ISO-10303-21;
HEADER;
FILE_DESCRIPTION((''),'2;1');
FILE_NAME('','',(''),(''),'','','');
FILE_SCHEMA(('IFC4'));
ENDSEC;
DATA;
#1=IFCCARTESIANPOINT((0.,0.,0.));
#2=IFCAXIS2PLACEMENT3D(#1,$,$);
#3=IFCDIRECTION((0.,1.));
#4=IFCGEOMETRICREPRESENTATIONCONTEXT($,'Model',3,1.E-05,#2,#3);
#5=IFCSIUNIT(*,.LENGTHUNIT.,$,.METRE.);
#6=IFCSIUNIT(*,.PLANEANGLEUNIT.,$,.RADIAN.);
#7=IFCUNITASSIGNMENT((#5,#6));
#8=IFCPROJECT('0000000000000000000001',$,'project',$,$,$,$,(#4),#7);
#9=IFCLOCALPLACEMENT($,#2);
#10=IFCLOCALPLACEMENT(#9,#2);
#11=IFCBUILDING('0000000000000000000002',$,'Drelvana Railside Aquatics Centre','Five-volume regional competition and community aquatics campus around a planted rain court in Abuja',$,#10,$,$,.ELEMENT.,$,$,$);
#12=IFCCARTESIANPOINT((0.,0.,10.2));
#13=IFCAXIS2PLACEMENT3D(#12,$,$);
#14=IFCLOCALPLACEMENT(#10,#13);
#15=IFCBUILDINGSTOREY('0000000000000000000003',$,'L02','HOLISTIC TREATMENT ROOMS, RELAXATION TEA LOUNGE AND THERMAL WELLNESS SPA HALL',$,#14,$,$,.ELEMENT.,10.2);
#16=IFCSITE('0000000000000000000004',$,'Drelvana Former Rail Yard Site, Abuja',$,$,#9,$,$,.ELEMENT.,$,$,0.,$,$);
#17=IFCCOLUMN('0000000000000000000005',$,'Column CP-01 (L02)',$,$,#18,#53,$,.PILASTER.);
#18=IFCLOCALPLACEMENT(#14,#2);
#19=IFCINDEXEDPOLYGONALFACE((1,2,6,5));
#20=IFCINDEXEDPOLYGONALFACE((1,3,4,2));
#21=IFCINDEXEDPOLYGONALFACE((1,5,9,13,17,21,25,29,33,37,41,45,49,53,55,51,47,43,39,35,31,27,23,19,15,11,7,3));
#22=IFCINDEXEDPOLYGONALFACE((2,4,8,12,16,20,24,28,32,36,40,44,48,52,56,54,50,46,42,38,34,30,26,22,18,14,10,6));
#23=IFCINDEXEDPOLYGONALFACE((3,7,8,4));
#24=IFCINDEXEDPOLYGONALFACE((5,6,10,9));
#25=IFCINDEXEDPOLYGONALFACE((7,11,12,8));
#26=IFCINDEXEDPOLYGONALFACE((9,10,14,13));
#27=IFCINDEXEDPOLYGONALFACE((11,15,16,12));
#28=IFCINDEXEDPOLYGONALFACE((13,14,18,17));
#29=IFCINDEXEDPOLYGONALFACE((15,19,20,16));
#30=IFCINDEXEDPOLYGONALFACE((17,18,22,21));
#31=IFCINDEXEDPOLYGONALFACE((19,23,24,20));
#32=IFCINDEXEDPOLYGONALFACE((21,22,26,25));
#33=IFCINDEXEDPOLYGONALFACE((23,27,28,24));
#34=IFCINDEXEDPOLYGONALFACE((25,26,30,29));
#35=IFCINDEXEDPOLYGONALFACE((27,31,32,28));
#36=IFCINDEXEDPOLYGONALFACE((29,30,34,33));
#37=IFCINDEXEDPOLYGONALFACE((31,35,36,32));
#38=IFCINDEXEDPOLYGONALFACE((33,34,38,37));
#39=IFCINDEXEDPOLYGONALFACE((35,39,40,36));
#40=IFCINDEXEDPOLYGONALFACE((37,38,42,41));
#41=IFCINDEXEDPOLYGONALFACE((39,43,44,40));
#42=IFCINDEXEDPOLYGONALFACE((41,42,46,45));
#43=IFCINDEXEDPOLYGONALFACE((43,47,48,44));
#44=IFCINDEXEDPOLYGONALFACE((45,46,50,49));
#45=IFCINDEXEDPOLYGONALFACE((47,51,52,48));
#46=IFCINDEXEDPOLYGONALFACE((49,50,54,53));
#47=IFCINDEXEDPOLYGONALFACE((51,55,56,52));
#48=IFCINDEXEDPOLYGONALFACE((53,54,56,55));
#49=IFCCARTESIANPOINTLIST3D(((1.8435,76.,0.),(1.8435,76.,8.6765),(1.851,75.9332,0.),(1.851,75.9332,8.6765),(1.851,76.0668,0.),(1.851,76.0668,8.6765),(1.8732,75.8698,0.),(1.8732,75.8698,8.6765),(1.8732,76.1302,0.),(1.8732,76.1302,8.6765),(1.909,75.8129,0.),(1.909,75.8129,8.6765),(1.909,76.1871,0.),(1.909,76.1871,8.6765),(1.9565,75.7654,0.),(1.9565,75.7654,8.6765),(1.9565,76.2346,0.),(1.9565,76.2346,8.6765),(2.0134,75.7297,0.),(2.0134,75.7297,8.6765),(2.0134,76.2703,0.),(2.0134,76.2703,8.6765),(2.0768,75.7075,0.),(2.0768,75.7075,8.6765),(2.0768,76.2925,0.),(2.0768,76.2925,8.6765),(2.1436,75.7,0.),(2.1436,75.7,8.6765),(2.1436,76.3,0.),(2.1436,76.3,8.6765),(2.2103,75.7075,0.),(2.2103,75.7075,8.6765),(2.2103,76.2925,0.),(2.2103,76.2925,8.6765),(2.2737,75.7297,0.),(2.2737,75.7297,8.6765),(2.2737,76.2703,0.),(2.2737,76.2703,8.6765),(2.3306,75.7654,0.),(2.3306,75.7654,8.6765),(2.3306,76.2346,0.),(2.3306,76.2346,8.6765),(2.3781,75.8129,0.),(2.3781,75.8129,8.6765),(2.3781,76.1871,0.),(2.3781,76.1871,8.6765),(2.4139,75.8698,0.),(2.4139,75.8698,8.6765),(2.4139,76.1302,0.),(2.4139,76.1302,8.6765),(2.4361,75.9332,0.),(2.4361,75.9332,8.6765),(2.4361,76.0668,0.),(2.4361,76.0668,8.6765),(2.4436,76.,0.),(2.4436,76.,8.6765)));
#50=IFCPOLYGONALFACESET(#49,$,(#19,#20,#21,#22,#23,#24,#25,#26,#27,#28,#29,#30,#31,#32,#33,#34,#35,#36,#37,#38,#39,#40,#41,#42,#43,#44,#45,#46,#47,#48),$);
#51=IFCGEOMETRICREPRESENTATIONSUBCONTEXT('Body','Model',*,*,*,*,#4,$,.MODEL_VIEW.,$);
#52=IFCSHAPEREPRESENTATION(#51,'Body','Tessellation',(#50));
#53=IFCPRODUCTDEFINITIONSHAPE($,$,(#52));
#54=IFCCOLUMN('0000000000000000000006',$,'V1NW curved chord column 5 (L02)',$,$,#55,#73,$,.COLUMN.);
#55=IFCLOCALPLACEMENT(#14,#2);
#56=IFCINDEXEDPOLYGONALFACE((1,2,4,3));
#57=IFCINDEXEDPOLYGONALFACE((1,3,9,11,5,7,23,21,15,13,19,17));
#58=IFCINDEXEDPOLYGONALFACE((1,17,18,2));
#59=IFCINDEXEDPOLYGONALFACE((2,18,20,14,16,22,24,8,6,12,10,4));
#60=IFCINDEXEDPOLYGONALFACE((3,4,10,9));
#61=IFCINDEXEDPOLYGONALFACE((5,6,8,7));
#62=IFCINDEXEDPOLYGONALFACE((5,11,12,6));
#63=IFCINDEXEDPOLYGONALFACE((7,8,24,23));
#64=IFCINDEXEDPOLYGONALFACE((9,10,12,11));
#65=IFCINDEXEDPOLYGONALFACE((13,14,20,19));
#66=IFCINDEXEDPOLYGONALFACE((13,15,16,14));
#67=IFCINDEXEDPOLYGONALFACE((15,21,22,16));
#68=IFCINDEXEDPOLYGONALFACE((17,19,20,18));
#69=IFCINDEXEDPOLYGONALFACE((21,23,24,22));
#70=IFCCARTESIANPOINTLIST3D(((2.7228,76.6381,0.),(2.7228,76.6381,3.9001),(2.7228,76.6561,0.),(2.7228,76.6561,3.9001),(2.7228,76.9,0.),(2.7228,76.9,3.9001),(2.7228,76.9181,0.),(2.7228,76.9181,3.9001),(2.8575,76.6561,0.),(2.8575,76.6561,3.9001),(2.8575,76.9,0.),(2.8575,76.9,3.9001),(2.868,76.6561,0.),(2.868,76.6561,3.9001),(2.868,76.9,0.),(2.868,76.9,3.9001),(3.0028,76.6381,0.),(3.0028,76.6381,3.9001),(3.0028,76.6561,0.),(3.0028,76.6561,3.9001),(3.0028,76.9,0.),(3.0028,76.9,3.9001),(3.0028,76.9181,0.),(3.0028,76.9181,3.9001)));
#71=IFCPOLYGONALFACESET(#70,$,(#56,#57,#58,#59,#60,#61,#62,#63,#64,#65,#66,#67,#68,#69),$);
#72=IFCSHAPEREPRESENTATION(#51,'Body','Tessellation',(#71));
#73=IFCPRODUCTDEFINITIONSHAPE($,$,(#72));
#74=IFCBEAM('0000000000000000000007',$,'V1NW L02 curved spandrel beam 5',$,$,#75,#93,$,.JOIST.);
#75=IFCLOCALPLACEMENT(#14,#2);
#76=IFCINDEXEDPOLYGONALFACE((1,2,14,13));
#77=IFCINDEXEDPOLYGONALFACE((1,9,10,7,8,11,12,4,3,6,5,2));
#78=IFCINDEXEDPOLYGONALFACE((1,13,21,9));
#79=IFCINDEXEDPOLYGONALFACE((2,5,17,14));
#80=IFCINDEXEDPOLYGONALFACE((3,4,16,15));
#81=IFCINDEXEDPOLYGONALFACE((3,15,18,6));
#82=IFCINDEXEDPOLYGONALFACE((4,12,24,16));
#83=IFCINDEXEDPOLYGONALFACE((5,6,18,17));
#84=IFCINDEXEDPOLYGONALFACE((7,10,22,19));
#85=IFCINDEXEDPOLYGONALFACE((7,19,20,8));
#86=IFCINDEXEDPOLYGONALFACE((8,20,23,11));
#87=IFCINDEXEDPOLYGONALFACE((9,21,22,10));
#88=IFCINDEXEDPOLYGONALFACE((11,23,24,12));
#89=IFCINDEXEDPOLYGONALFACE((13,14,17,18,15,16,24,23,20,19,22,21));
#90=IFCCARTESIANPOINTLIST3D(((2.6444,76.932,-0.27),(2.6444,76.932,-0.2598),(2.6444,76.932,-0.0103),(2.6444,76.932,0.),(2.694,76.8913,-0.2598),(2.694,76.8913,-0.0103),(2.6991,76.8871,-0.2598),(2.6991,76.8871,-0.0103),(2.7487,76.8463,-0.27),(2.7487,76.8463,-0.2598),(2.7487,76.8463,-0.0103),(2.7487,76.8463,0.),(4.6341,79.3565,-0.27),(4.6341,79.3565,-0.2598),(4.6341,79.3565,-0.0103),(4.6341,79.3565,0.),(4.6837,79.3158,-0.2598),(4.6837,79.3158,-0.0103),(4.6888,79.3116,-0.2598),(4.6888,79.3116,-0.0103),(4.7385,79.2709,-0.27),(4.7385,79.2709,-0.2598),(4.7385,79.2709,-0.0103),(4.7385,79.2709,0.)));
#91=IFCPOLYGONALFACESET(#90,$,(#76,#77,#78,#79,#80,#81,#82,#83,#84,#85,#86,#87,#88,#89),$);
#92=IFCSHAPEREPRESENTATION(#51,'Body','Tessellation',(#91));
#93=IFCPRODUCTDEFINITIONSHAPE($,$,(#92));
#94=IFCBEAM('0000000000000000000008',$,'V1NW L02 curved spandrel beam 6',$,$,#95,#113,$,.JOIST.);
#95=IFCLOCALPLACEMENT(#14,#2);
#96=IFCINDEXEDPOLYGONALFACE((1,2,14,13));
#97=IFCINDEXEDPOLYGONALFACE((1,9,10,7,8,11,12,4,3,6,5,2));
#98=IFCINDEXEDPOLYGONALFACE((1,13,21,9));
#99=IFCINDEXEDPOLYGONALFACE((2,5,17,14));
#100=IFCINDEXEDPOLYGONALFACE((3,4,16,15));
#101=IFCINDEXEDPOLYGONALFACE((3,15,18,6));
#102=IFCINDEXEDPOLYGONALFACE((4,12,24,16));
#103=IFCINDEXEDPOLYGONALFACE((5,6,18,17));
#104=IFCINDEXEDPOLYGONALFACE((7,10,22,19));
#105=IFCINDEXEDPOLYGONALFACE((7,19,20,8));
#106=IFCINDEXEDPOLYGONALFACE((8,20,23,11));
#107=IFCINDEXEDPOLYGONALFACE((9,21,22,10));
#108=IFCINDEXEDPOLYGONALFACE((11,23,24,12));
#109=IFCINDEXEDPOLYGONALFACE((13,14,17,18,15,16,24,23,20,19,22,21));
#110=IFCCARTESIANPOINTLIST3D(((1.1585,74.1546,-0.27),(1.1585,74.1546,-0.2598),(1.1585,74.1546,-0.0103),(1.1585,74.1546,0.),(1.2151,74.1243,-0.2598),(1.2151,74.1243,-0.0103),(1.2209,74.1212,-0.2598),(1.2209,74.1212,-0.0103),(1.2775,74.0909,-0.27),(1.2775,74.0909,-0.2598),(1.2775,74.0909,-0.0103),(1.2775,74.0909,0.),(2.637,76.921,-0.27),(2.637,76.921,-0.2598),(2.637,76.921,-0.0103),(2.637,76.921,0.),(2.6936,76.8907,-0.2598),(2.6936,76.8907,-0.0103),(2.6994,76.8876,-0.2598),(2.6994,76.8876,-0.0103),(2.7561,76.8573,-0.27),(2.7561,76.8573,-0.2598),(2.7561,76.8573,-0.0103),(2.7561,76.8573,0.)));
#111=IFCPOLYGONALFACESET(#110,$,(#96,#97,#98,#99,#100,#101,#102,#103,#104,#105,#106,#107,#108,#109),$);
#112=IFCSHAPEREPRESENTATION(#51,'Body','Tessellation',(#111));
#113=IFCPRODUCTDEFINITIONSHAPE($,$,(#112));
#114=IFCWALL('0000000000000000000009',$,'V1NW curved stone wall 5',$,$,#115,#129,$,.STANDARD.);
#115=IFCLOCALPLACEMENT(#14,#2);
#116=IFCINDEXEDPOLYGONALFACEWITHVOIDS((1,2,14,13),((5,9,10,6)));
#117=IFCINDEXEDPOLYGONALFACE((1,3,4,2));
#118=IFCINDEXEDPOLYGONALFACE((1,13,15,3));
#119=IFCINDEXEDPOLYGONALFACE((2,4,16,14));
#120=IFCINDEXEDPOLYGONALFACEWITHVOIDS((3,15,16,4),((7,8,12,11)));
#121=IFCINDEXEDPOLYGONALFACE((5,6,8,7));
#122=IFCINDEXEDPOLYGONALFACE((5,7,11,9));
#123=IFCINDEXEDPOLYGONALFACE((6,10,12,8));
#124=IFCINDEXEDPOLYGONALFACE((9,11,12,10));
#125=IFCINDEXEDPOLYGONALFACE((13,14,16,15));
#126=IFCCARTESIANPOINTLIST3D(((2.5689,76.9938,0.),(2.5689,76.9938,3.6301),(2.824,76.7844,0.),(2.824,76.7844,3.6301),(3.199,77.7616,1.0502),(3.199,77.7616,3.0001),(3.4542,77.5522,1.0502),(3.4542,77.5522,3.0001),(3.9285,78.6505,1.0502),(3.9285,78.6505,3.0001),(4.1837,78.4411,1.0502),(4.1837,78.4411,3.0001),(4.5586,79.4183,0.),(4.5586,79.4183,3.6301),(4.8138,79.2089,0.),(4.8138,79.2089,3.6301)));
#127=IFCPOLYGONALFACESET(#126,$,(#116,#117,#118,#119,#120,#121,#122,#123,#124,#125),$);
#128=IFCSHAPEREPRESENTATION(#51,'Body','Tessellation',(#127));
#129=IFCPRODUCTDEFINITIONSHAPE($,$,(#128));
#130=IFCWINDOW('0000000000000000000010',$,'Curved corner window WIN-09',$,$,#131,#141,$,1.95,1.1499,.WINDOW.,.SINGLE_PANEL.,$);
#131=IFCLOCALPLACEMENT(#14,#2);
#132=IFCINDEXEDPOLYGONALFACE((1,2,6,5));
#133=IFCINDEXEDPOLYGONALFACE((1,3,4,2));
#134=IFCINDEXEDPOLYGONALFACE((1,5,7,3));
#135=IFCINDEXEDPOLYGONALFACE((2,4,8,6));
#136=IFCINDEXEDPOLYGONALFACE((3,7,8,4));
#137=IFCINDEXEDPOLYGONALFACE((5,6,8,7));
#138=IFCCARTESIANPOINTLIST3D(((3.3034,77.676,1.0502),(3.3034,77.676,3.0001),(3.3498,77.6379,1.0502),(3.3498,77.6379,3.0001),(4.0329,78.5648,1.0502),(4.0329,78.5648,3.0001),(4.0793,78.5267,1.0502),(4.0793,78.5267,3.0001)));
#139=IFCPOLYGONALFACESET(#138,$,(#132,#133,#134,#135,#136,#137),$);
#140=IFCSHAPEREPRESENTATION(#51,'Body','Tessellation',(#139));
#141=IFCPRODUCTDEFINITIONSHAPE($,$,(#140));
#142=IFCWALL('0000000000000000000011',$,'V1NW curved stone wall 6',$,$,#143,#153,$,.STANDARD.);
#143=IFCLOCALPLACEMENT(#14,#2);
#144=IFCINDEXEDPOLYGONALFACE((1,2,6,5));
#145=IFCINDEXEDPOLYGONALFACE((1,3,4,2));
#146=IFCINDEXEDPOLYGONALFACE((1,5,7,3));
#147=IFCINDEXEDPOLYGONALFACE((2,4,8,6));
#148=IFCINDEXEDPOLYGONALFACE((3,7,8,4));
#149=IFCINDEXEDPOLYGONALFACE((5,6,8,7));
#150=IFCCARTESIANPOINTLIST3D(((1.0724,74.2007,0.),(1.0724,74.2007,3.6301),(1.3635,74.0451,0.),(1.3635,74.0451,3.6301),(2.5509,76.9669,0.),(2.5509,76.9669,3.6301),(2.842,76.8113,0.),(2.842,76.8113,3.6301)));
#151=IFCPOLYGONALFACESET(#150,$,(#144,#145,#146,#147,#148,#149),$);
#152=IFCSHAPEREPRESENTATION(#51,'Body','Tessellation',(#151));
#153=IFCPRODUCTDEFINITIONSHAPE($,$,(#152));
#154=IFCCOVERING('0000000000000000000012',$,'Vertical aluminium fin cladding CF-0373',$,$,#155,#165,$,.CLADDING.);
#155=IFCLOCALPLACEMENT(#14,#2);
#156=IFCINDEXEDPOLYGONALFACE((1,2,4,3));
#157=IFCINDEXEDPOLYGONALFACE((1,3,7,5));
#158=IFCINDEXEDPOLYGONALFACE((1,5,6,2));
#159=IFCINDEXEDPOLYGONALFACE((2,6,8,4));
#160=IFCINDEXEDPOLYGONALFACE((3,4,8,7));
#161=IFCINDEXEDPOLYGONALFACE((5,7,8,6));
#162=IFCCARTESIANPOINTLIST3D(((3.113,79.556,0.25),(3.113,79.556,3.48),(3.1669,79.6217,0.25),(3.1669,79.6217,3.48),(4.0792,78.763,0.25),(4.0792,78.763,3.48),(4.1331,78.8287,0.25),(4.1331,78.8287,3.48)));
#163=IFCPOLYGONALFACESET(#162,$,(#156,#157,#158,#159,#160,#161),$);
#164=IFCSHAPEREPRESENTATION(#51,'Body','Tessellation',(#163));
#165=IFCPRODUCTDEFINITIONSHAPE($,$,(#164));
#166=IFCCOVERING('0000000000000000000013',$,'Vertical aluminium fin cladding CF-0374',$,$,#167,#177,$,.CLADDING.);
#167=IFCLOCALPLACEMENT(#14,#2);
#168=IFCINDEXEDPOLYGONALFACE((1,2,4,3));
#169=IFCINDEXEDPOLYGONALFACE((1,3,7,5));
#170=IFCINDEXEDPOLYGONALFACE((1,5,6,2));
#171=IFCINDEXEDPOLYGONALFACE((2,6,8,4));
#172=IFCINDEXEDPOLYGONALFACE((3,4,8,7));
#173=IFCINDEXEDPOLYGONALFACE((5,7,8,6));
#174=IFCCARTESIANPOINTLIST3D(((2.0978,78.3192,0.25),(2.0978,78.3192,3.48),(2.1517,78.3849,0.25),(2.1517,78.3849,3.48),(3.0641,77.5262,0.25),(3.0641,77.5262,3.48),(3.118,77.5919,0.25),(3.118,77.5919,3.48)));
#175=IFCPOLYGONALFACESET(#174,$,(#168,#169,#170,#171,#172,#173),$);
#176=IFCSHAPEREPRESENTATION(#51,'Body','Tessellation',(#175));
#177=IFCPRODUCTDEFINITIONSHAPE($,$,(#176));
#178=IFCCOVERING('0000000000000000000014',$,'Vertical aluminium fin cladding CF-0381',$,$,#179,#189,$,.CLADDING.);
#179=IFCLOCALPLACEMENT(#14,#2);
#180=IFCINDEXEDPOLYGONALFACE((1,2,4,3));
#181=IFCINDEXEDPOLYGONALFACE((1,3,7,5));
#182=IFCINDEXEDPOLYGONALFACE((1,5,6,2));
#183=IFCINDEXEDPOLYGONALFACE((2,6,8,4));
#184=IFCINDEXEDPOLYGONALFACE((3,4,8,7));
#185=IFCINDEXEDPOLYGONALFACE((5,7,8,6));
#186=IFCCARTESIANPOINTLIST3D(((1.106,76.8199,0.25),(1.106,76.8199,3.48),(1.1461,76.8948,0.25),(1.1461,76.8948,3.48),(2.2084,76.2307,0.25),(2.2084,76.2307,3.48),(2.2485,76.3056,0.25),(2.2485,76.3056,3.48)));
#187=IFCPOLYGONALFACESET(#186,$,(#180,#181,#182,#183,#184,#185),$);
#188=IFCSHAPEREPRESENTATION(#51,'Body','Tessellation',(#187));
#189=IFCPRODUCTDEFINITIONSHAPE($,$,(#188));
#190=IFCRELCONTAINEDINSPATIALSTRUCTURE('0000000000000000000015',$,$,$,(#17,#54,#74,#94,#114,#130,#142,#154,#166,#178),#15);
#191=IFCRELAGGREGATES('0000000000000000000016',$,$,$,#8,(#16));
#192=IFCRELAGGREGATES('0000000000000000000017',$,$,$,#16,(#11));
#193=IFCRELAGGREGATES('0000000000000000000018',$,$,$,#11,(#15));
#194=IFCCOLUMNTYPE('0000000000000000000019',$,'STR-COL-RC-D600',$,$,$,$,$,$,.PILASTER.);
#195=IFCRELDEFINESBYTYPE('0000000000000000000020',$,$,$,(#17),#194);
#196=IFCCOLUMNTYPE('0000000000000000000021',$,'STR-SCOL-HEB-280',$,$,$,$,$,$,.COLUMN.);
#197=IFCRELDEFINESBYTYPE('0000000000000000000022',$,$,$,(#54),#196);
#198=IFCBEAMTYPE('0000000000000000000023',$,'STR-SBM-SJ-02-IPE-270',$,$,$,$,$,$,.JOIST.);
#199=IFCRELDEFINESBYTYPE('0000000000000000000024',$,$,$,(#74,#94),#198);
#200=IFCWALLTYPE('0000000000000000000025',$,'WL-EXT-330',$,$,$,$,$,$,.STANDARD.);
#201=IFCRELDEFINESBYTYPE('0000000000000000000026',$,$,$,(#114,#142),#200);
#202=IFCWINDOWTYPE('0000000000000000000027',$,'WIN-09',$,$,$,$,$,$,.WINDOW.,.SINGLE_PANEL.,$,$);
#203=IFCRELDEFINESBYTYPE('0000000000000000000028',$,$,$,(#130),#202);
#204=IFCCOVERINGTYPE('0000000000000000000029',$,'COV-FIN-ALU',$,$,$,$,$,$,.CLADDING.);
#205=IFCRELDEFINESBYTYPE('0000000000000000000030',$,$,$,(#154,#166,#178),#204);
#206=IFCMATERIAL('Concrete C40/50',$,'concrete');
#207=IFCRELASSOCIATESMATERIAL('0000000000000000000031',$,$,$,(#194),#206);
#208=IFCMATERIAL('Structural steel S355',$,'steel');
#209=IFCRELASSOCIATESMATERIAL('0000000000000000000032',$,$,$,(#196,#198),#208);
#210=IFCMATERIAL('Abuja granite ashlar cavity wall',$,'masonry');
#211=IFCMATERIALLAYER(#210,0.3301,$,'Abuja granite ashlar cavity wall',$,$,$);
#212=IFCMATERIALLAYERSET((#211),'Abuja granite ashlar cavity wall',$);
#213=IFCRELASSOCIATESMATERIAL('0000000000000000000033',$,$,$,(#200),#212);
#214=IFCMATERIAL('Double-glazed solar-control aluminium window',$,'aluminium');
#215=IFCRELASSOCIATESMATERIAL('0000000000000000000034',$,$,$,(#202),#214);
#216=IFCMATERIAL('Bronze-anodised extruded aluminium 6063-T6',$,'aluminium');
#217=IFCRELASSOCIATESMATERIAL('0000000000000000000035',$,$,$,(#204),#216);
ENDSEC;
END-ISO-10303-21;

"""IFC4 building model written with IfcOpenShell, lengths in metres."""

from ifc_helpers import new_model, si_unit, direction, frame, frame_2d, origin, origin_2d, place, context, subcontext, project, spatial, rectangle, circle, i_section, extrude, material, layer, layer_set, material_profile, profile_set, type_object, element, fill, save


model = new_model("IFC4")

# Units and contexts
model_context = context("Model", 3, precision=1e-05, world=origin(), true_north=direction((0.0, 1.0)))
body_context = subcontext(model_context, "Body", "Model", "MODEL_VIEW")
ifc_project = project(units=[si_unit("LENGTHUNIT", "METRE"), si_unit("PLANEANGLEUNIT", "RADIAN")], contexts=[model_context])

# Site, building, storey
site_placement = place(None, origin())
site = spatial("IfcSite", under=ifc_project, at=site_placement, Name="Drelvana Former Rail Yard Site, Abuja", CompositionType="ELEMENT", RefElevation=0.0)
building_placement = place(site_placement, origin())
building = spatial("IfcBuilding", under=site, at=building_placement, Name="Drelvana Railside Aquatics Centre", Description="Five-volume regional competition and community aquatics campus around a planted rain court in Abuja", CompositionType="ELEMENT")
storey_placement = place(building_placement, frame((0.0, 0.0, 10.2)))
storey = spatial("IfcBuildingStorey", under=building, at=storey_placement, Name="L02", Description="HOLISTIC TREATMENT ROOMS, RELAXATION TEA LOUNGE AND THERMAL WELLNESS SPA HALL", CompositionType="ELEMENT", Elevation=10.2)

# Columns
ifc_material_1 = material(Name="Concrete C40/50", Category="concrete")
ifc_material_profile_1 = material_profile(ifc_material_1, circle(Radius=0.3, at=origin_2d()), Name="RC D600")
ifc_profile_set_1 = profile_set([ifc_material_profile_1], Name="Concrete C40/50")
column_type_1 = type_object("IfcColumnType", Name="STR-COL-RC-D600", PredefinedType="PILASTER", material=ifc_profile_set_1)
column_1_placement = place(storey_placement, frame((2.1436, 76.0, 0.0), z_axis=(0.0, 0.0, 1.0), x_axis=(1.0, 0.0, 0.0)))
element("IfcColumn", 1, at=column_1_placement, inside=storey, type_object=column_type_1, Name="Column CP-01 (L02)", PredefinedType="PILASTER", context=body_context, shape_type="SweptSolid", body=[
    extrude(circle(Radius=0.3, at=origin_2d()), origin(), (0.0, 0.0, 1.0), 8.6765),
])
ifc_material_2 = material(Name="Structural steel S355", Category="steel")
ifc_material_profile_2 = material_profile(ifc_material_2, i_section(OverallWidth=0.28, OverallDepth=0.28, WebThickness=0.0105, FlangeThickness=0.0181, at=origin_2d()), Name="HEB 280")
ifc_profile_set_2 = profile_set([ifc_material_profile_2], Name="Structural steel S355")
column_type_2 = type_object("IfcColumnType", Name="STR-SCOL-HEB-280", PredefinedType="COLUMN", material=ifc_profile_set_2)
column_2_placement = place(storey_placement, frame((2.8628, 76.7781, 0.0), z_axis=(0.0, 0.0, 1.0), x_axis=(1.0, 0.0, 0.0)))
element("IfcColumn", 2, at=column_2_placement, inside=storey, type_object=column_type_2, Name="V1NW curved chord column 5 (L02)", PredefinedType="COLUMN", context=body_context, shape_type="SweptSolid", body=[
    extrude(i_section(OverallWidth=0.28, OverallDepth=0.28, WebThickness=0.0105, FlangeThickness=0.0181, at=origin_2d()), origin(), (0.0, 0.0, 1.0), 3.9001),
])

# Beams
ifc_material_profile_3 = material_profile(ifc_material_2, i_section(OverallWidth=0.135, OverallDepth=0.27, WebThickness=0.0066, FlangeThickness=0.0103, at=origin_2d()), Name="IPE 270")
ifc_profile_set_3 = profile_set([ifc_material_profile_3], Name="Structural steel S355")
beam_type = type_object("IfcBeamType", Name="STR-SBM-SJ-02-IPE-270", PredefinedType="JOIST", material=ifc_profile_set_3)
beam_1_placement = place(storey_placement, frame((4.6863, 79.3137, -0.135), z_axis=(-0.634386, -0.773017, 0.0), x_axis=(0.773017, -0.634386, 0.0)))
element("IfcBeam", 3, at=beam_1_placement, inside=storey, type_object=beam_type, Name="V1NW L02 curved spandrel beam 5", PredefinedType="JOIST", context=body_context, shape_type="SweptSolid", body=[
    extrude(i_section(OverallWidth=0.135, OverallDepth=0.27, WebThickness=0.0066, FlangeThickness=0.0103, at=origin_2d()), origin(), (0.0, 0.0, 1.0), 3.1365),
])
beam_2_placement = place(storey_placement, frame((2.6965, 76.8892, -0.135), z_axis=(-0.471364, -0.881939, 0.0), x_axis=(0.881939, -0.471364, 0.0)))
element("IfcBeam", 4, at=beam_2_placement, inside=storey, type_object=beam_type, Name="V1NW L02 curved spandrel beam 6", PredefinedType="JOIST", context=body_context, shape_type="SweptSolid", body=[
    extrude(i_section(OverallWidth=0.135, OverallDepth=0.27, WebThickness=0.0066, FlangeThickness=0.0103, at=origin_2d()), origin(), (0.0, 0.0, 1.0), 3.1367),
])

# Wall, opening, window
ifc_material_3 = material(Name="Abuja granite ashlar cavity wall", Category="masonry")
ifc_layer = layer(ifc_material_3, 0.3301, Name="Abuja granite ashlar cavity wall")
ifc_layer_set = layer_set([ifc_layer], Name="Abuja granite ashlar cavity wall")
wall_type = type_object("IfcWallType", Name="WL-EXT-330", PredefinedType="STANDARD", material=ifc_layer_set)
wall_1_placement = place(storey_placement, frame((4.6863, 79.3137, 0.0), z_axis=(0.0, 0.0, 1.0), x_axis=(-0.634386, -0.773017, 0.0)))
wall_1 = element("IfcWall", 5, at=wall_1_placement, inside=storey, type_object=wall_type, Name="V1NW curved stone wall 5", PredefinedType="STANDARD", context=body_context, shape_type="SweptSolid", body=[
    extrude(rectangle(XDim=3.1365, YDim=0.3301, at=frame_2d((1.5684, 0.0))), origin(), (0.0, 0.0, 1.0), 3.6301),
])
opening_placement = place(wall_1_placement, frame((0.9934, 0.0, 1.05)))
opening = element("IfcOpeningElement", 6, at=opening_placement, cuts=wall_1, PredefinedType="OPENING", context=body_context, shape_type="SweptSolid", body=[
    extrude(rectangle(XDim=1.1499, YDim=1.95, at=frame_2d((0.575, 0.9751))), frame((0.0, 0.175, 0.0), z_axis=(0.0, -1.0, 0.0), x_axis=(1.0, 0.0, 0.0)), (0.0, 0.0, 1.0), 0.3501),
])
ifc_material_4 = material(Name="Double-glazed solar-control aluminium window", Category="aluminium")
window_type = type_object("IfcWindowType", Name="WIN-09", PartitioningType="SINGLE_PANEL", PredefinedType="WINDOW", material=ifc_material_4)
window_placement = place(opening_placement, origin())
window = element("IfcWindow", 7, at=window_placement, inside=storey, type_object=window_type, Name="Curved corner window WIN-09", OverallHeight=1.95, OverallWidth=1.1499, PartitioningType="SINGLE_PANEL", PredefinedType="WINDOW", context=body_context, shape_type="SweptSolid", body=[
    extrude(rectangle(XDim=1.1499, YDim=1.95, at=frame_2d((0.575, 0.9751))), frame((0.0, 0.03, 0.0), z_axis=(0.0, -1.0, 0.0), x_axis=(1.0, 0.0, 0.0)), (0.0, 0.0, 1.0), 0.0601),
])
fill(opening, window)

# Wall
wall_2_placement = place(storey_placement, frame((2.6965, 76.8892, 0.0), z_axis=(0.0, 0.0, 1.0), x_axis=(-0.471396, -0.881922, 0.0)))
element("IfcWall", 8, at=wall_2_placement, inside=storey, type_object=wall_type, Name="V1NW curved stone wall 6", PredefinedType="STANDARD", context=body_context, shape_type="SweptSolid", body=[
    extrude(rectangle(XDim=3.1365, YDim=0.3301, at=frame_2d((1.5684, 0.0))), origin(), (0.0, 0.0, 1.0), 3.6301),
])

# Coverings
ifc_material_5 = material(Name="Bronze-anodised extruded aluminium 6063-T6", Category="aluminium")
covering_type = type_object("IfcCoveringType", Name="COV-FIN-ALU", PredefinedType="CLADDING", material=ifc_material_5)
for number, where, z_axis, x_axis, name in (
    (9, (3.623, 79.1924, 0.25), (0.0, 0.0, 1.0), (0.634393, 0.77301, 0.0), "Vertical aluminium fin cladding CF-0373"),
    (10, (2.6079, 77.9556, 0.25), (0.0, 0.0, 1.0), (0.634393, 0.77301, 0.0), "Vertical aluminium fin cladding CF-0374"),
    (11, (1.6772, 76.5627, 0.25), (0.0, 0.0, 1.0), (0.471397, 0.881921, 0.0), "Vertical aluminium fin cladding CF-0381"),
):
    element("IfcCovering", number, at=place(storey_placement, frame(where, z_axis=z_axis, x_axis=x_axis)), inside=storey, type_object=covering_type, Name=name, PredefinedType="CLADDING", context=body_context, shape_type="SweptSolid", body=[
        extrude(rectangle(XDim=0.085, YDim=1.25, at=origin_2d()), origin(), (0.0, 0.0, 1.0), 3.23),
    ])

save(model, "model.ifc")
